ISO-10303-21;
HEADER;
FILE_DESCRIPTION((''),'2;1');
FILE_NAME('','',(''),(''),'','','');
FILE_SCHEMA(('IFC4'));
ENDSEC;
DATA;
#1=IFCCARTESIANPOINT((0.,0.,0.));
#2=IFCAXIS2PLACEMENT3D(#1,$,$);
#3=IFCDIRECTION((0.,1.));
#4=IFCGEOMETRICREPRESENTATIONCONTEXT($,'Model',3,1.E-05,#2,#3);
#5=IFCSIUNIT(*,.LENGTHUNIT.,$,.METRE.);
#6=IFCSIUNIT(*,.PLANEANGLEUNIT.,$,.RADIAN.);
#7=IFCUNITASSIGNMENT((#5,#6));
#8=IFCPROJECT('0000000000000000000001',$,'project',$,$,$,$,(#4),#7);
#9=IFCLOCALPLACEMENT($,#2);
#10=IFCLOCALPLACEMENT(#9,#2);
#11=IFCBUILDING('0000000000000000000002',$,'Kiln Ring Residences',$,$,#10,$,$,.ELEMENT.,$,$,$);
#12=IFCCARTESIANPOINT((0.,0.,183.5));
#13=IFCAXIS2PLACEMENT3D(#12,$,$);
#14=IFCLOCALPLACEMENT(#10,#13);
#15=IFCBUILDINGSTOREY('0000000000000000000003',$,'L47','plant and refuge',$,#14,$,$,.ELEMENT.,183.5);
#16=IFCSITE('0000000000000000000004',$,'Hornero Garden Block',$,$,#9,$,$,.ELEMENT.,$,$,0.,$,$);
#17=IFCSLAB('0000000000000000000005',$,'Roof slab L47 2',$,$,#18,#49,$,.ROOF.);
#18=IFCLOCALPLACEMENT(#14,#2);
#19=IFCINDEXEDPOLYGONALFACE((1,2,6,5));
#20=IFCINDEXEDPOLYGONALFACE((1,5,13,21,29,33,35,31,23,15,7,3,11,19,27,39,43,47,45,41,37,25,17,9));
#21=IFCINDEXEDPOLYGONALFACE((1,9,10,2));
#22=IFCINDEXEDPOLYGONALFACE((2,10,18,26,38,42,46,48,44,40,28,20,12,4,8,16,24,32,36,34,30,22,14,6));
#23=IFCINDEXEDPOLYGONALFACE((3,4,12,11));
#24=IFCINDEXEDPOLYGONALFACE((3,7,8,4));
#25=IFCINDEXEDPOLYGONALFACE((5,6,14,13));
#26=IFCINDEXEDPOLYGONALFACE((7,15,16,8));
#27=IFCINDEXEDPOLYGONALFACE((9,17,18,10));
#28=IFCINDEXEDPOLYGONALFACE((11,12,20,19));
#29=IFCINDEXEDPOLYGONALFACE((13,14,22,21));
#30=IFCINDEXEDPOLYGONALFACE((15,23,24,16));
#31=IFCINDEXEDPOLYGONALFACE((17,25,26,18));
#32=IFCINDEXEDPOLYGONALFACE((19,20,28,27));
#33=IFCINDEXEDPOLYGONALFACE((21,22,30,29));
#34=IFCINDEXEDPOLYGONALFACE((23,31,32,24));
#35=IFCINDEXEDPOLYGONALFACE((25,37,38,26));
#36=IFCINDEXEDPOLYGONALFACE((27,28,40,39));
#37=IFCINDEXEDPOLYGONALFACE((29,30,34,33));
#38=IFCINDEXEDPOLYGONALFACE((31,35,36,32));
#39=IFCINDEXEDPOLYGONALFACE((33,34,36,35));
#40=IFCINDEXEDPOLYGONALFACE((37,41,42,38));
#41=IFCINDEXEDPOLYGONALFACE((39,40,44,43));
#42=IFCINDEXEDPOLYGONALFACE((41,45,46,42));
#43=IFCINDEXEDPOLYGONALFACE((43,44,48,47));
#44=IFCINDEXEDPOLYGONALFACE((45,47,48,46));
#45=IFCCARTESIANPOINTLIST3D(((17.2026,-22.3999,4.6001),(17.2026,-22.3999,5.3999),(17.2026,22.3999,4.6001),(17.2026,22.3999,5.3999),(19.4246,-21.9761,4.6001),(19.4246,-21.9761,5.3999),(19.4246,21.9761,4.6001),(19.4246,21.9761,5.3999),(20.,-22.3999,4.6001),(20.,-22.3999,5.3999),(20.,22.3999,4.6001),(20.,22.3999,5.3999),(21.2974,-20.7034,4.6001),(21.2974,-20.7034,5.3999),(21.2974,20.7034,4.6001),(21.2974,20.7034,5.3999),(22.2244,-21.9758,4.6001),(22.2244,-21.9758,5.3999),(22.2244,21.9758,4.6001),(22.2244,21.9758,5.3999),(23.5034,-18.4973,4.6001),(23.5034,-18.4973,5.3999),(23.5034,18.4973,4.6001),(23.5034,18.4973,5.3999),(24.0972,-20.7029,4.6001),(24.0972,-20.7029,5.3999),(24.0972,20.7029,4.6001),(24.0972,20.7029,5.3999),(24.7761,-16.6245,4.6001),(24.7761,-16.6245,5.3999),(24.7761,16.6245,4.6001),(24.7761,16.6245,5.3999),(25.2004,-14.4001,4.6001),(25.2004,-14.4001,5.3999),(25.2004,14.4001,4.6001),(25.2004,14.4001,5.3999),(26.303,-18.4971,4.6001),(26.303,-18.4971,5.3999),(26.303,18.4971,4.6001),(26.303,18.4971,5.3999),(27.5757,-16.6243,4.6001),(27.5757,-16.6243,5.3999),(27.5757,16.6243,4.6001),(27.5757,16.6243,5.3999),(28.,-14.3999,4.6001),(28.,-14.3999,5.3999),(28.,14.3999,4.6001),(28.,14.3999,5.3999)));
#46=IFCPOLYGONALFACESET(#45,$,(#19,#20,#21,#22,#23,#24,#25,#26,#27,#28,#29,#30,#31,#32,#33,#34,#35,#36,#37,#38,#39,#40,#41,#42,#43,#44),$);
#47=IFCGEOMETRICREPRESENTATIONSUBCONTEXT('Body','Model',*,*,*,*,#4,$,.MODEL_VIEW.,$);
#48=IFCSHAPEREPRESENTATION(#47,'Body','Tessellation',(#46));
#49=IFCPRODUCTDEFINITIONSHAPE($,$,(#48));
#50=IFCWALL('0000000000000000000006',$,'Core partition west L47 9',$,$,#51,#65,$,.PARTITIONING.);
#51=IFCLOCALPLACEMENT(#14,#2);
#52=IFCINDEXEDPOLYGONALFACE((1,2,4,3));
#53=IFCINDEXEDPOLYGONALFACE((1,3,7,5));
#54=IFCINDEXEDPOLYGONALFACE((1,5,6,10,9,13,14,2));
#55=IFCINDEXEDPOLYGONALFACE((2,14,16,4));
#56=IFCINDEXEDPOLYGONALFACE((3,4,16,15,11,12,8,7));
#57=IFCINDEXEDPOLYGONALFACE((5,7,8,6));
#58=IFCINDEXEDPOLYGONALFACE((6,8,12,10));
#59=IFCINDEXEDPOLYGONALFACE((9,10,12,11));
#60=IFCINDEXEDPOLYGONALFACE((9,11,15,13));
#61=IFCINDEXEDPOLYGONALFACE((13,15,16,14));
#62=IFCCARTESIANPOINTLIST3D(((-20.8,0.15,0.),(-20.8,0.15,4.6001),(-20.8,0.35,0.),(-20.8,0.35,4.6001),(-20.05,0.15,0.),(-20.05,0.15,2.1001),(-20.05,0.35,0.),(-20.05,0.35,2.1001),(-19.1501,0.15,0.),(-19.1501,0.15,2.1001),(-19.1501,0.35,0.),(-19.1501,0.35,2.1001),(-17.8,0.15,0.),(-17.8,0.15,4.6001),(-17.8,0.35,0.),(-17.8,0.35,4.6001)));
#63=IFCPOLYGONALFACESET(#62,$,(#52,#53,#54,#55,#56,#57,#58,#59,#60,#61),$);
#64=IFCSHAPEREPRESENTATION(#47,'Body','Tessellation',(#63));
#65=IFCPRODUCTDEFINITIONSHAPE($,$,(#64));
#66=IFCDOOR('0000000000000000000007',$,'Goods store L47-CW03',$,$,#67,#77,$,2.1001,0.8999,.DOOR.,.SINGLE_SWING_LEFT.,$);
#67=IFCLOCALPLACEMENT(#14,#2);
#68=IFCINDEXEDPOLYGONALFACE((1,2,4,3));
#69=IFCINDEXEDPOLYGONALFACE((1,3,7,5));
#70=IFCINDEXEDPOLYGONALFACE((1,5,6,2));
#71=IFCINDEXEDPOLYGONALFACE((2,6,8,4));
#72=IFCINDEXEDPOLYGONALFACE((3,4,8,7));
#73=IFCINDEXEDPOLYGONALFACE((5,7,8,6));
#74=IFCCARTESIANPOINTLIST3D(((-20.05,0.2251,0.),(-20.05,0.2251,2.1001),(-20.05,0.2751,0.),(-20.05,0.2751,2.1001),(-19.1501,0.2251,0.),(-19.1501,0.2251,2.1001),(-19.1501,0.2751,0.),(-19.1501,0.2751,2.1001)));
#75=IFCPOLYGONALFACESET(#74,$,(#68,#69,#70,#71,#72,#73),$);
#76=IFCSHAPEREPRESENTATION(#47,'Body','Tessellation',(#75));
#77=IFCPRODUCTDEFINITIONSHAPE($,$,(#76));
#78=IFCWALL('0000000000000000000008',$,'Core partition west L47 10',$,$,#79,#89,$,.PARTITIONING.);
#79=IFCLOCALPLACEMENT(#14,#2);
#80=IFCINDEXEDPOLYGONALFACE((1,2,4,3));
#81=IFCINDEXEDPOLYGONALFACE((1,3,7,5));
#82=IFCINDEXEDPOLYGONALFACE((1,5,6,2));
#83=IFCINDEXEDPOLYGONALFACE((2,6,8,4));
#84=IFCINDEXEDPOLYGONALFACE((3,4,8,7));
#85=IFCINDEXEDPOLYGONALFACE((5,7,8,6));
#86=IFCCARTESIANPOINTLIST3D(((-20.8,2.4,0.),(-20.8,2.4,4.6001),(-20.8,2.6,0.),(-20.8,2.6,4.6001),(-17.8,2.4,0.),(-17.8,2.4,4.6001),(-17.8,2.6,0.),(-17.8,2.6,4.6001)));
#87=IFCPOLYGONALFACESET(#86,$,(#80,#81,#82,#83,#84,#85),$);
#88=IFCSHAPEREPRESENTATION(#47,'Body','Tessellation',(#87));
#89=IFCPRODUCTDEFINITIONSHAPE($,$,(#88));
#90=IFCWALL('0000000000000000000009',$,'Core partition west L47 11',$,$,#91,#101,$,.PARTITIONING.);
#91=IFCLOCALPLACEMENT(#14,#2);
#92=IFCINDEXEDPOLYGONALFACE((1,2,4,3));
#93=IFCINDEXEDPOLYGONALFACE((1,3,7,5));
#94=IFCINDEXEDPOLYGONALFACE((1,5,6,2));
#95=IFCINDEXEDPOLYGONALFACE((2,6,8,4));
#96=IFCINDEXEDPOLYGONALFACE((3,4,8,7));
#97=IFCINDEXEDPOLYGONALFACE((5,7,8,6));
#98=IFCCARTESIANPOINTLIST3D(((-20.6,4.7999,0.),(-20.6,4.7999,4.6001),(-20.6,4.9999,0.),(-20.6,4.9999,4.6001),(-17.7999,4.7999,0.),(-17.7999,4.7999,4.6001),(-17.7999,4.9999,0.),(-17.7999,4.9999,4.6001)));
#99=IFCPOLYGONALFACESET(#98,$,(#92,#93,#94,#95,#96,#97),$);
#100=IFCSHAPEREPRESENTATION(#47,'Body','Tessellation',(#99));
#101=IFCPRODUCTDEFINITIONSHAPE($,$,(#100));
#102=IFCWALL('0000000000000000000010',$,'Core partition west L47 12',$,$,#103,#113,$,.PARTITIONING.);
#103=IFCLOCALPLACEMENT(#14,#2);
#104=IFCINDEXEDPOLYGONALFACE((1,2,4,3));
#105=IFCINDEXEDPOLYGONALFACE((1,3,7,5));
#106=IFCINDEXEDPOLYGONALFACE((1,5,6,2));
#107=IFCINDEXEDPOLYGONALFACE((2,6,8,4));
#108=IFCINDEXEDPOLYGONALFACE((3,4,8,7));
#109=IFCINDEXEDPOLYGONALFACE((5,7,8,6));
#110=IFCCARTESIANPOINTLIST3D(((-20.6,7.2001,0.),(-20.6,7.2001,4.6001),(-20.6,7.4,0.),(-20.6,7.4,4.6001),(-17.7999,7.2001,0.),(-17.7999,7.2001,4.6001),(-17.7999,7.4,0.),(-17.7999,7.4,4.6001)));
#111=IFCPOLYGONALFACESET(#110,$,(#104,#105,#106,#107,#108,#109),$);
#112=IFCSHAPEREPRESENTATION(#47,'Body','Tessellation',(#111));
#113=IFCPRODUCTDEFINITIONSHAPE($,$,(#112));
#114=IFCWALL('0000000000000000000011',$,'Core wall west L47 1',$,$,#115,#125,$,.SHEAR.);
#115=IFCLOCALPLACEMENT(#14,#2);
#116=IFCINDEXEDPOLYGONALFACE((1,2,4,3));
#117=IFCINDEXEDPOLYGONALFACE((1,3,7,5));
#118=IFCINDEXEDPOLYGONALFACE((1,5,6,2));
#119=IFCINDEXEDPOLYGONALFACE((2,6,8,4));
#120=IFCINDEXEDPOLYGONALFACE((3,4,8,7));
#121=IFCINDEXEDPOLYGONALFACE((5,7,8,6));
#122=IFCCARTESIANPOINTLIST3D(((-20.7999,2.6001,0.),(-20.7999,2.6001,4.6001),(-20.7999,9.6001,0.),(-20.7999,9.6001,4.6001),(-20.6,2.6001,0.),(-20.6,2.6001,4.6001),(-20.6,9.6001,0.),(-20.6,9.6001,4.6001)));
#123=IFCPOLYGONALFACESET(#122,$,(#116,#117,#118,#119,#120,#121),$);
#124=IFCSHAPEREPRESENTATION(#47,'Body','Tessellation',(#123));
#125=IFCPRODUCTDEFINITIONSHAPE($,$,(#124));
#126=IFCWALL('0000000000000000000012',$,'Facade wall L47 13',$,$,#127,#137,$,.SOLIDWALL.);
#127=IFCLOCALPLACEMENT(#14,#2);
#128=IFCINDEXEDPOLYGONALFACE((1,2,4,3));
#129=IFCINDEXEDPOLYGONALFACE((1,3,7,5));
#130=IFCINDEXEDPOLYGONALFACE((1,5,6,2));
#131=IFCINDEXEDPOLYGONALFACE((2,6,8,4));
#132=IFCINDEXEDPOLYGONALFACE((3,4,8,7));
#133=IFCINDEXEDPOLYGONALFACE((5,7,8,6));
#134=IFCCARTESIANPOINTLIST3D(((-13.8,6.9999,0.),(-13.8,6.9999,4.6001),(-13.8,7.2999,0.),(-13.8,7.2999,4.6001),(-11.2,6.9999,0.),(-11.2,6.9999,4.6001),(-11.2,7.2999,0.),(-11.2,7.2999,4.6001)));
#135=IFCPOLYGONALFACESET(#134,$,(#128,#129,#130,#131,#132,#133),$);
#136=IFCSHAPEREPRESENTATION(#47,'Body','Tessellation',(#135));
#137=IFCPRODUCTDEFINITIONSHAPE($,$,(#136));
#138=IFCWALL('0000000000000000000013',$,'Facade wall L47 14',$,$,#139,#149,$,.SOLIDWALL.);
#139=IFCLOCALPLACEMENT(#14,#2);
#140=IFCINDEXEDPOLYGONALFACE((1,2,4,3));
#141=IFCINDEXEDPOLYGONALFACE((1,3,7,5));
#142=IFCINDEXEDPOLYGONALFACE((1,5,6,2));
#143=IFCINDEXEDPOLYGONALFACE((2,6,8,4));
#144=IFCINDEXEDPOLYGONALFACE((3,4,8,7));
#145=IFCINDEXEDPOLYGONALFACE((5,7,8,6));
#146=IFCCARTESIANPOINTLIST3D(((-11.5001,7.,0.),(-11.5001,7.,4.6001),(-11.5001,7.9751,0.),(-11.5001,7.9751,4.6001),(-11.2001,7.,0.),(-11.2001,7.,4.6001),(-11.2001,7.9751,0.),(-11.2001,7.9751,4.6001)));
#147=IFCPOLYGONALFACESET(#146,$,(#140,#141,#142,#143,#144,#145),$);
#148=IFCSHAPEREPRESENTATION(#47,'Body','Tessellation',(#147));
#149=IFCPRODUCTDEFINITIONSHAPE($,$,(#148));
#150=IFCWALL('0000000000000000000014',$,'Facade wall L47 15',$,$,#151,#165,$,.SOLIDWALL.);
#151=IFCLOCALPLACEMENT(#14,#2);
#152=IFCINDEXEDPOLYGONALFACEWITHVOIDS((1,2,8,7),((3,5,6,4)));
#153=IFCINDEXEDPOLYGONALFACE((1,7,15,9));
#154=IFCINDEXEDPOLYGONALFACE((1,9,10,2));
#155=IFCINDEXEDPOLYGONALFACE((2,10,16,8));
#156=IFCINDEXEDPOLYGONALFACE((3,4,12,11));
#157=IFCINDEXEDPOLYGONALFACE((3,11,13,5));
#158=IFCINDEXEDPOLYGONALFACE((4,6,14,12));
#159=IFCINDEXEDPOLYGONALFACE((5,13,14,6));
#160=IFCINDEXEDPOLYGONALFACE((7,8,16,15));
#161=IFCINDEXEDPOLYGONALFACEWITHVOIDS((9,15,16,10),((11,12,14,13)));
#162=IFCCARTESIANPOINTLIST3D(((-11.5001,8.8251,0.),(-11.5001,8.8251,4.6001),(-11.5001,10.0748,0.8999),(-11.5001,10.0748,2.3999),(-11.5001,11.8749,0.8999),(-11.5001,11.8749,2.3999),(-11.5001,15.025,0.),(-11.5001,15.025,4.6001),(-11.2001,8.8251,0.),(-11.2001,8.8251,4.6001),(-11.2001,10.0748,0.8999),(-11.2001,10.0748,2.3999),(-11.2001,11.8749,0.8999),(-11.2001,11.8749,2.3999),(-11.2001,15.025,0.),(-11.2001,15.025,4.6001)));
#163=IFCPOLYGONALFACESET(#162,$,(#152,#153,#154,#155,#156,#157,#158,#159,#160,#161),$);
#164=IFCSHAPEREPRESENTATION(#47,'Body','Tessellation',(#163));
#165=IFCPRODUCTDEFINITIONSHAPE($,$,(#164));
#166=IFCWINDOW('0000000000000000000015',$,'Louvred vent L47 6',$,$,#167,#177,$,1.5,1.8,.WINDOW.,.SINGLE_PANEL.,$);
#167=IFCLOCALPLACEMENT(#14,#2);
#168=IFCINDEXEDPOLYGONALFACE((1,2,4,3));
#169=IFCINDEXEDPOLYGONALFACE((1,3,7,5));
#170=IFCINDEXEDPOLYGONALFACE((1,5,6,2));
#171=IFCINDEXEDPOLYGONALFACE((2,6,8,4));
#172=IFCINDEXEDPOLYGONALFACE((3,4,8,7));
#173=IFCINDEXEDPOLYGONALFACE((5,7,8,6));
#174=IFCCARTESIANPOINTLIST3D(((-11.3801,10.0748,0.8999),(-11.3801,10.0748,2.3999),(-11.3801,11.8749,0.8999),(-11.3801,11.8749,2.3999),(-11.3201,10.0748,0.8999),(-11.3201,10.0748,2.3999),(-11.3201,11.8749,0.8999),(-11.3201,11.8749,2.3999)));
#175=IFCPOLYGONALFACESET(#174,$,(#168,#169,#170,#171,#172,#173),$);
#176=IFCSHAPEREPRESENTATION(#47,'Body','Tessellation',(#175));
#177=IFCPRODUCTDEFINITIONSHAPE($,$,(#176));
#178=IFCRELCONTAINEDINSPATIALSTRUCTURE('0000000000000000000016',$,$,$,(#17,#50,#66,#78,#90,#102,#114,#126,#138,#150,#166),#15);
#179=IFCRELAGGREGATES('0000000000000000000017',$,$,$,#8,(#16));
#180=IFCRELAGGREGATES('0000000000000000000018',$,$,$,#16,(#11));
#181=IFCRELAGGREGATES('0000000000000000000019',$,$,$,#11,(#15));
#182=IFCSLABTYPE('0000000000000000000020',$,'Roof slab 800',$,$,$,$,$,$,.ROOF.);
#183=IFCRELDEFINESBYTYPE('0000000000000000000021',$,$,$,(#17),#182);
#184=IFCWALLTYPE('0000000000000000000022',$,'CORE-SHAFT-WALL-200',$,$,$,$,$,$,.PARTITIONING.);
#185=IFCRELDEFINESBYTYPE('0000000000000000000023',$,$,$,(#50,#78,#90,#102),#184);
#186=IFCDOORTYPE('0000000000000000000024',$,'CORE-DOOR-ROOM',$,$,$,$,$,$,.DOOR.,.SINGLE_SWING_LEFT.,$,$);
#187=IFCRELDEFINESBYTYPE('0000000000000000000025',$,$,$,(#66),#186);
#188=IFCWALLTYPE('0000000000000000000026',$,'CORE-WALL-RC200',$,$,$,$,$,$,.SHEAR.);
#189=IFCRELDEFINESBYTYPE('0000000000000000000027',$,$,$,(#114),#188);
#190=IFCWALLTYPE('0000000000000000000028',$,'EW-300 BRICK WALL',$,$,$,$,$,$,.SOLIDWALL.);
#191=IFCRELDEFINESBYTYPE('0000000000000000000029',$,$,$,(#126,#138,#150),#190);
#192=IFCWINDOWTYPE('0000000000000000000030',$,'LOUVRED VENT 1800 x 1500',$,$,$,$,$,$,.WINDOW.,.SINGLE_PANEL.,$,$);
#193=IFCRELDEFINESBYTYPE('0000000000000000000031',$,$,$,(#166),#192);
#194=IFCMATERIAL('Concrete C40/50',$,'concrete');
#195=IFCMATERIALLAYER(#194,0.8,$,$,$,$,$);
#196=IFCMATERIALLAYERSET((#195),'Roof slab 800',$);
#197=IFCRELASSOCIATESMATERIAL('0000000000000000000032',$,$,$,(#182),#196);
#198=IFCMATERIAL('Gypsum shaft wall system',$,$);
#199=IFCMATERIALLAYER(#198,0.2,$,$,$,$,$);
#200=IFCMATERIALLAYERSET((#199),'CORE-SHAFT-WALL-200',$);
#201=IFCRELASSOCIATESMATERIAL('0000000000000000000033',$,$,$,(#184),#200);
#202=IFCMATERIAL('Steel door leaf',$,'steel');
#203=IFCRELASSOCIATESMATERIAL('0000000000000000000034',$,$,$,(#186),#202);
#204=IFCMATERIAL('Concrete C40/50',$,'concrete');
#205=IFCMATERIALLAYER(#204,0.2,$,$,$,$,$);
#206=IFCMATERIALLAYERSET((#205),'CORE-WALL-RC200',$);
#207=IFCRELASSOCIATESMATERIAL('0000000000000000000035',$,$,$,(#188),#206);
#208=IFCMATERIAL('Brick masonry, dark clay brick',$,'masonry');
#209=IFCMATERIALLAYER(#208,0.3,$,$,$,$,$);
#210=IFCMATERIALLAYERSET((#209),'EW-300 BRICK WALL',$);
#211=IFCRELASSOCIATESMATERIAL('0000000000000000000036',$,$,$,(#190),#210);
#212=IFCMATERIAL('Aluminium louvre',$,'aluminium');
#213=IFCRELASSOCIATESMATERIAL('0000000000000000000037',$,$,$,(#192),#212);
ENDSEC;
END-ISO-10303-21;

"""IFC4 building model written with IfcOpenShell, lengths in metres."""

from ifc_helpers import new_model, si_unit, direction, frame, frame_2d, origin, place, context, subcontext, project, spatial, polyline, rectangle, outline, extrude, material, layer, layer_set, type_object, element, fill, save


model = new_model("IFC4")

# Units and contexts
model_context = context("Model", 3, precision=1e-05, world=origin(), true_north=direction((0.0, 1.0)))
body_context = subcontext(model_context, "Body", "Model", "MODEL_VIEW")
ifc_project = project(units=[si_unit("LENGTHUNIT", "METRE"), si_unit("PLANEANGLEUNIT", "RADIAN")], contexts=[model_context])

# Site, building, storey
site_placement = place(None, origin())
site = spatial("IfcSite", under=ifc_project, at=site_placement, Name="Hornero Garden Block", CompositionType="ELEMENT", RefElevation=0.0)
building_placement = place(site_placement, origin())
building = spatial("IfcBuilding", under=site, at=building_placement, Name="Kiln Ring Residences", CompositionType="ELEMENT")
storey_placement = place(building_placement, frame((0.0, 0.0, 183.5)))
storey = spatial("IfcBuildingStorey", under=building, at=storey_placement, Name="L47", Description="plant and refuge", CompositionType="ELEMENT", Elevation=183.5)

# Slab
ifc_material_1 = material(Name="Concrete C40/50", Category="concrete")
ifc_layer_1 = layer(ifc_material_1, 0.8)
ifc_layer_set_1 = layer_set([ifc_layer_1], Name="Roof slab 800")
slab_type_1 = type_object("IfcSlabType", Name="Roof slab 800", PredefinedType="ROOF", material=ifc_layer_set_1)
placement = place(storey_placement, frame((0.0, 0.0, 4.6001)))
element("IfcSlab", 1, at=placement, inside=storey, type_object=slab_type_1, Name="Roof slab L47 2", PredefinedType="ROOF", context=body_context, shape_type="SweptSolid", body=[
    extrude(outline(polyline([(17.2026, 22.3999), (19.4246, 21.9761), (21.2974, 20.7034), (23.5034, 18.4973), (24.7761, 16.6245), (25.2004, 14.4001), (25.2004, -14.4001), (24.7761, -16.6245), (23.5034, -18.4973), (21.2974, -20.7034), (19.4246, -21.9761), (17.2026, -22.3999), (20.0, -22.3999), (22.2244, -21.9758), (24.0972, -20.7029), (26.303, -18.4971), (27.5757, -16.6243), (28.0, -14.3999), (28.0, 14.3999), (27.5757, 16.6243), (26.303, 18.4971), (24.0972, 20.7029), (22.2244, 21.9758), (20.0, 22.3999), (17.2026, 22.3999)])), origin(), (0.0, 0.0, 1.0), 0.7998),
])

# Wall, opening, door
ifc_material_2 = material(Name="Gypsum shaft wall system")
ifc_layer_2 = layer(ifc_material_2, 0.2)
ifc_layer_set_2 = layer_set([ifc_layer_2], Name="CORE-SHAFT-WALL-200")
wall_type_1 = type_object("IfcWallType", Name="CORE-SHAFT-WALL-200", PredefinedType="PARTITIONING", material=ifc_layer_set_2)
wall_1_placement = place(storey_placement, frame((-17.8, 0.25, 0.0), z_axis=(0.0, 0.0, 1.0), x_axis=(-1.0, 0.0, 0.0)))
wall_1 = element("IfcWall", 2, at=wall_1_placement, inside=storey, type_object=wall_type_1, Name="Core partition west L47 9", PredefinedType="PARTITIONING", context=body_context, shape_type="SweptSolid", body=[
    extrude(rectangle(XDim=3.0, YDim=0.2, at=frame_2d((1.5, 0.0))), origin(), (0.0, 0.0, 1.0), 4.6001),
])
opening_1_placement = place(wall_1_placement, frame((1.3501, 0.0, 0.0)))
opening_1 = element("IfcOpeningElement", 3, at=opening_1_placement, cuts=wall_1, PredefinedType="OPENING", context=body_context, shape_type="SweptSolid", body=[
    extrude(rectangle(XDim=0.8999, YDim=2.1001, at=frame_2d((0.45, 1.05))), frame((0.0, 0.1099, 0.0), z_axis=(0.0, -1.0, 0.0), x_axis=(1.0, 0.0, 0.0)), (0.0, 0.0, 1.0), 0.22),
])
ifc_material_3 = material(Name="Steel door leaf", Category="steel")
door_type = type_object("IfcDoorType", Name="CORE-DOOR-ROOM", OperationType="SINGLE_SWING_LEFT", PredefinedType="DOOR", material=ifc_material_3)
door_placement = place(opening_1_placement, origin())
door = element("IfcDoor", 4, at=door_placement, inside=storey, type_object=door_type, Name="Goods store L47-CW03", OperationType="SINGLE_SWING_LEFT", OverallHeight=2.1001, OverallWidth=0.8999, PredefinedType="DOOR", context=body_context, shape_type="SweptSolid", body=[
    extrude(rectangle(XDim=0.8999, YDim=2.1001, at=frame_2d((0.45, 1.05))), frame((0.0, 0.0249, 0.0), z_axis=(0.0, -1.0, 0.0), x_axis=(1.0, 0.0, 0.0)), (0.0, 0.0, 1.0), 0.05),
])
fill(opening_1, door)

# Walls
wall_2_placement = place(storey_placement, frame((-17.8, 2.5, 0.0), z_axis=(0.0, 0.0, 1.0), x_axis=(-1.0, 0.0, 0.0)))
element("IfcWall", 5, at=wall_2_placement, inside=storey, type_object=wall_type_1, Name="Core partition west L47 10", PredefinedType="PARTITIONING", context=body_context, shape_type="SweptSolid", body=[
    extrude(rectangle(XDim=3.0, YDim=0.2, at=frame_2d((1.5, 0.0))), origin(), (0.0, 0.0, 1.0), 4.6001),
])
for number, where, z_axis, x_axis, name in (
    (6, (-17.8, 4.8999, 0.0), (0.0, 0.0, 1.0), (-1.0, 0.0, 0.0), "Core partition west L47 11"),
    (7, (-17.8, 7.3, 0.0), (0.0, 0.0, 1.0), (-1.0, 0.0, 0.0), "Core partition west L47 12"),
):
    element("IfcWall", number, at=place(storey_placement, frame(where, z_axis=z_axis, x_axis=x_axis)), inside=storey, type_object=wall_type_1, Name=name, PredefinedType="PARTITIONING", context=body_context, shape_type="SweptSolid", body=[
        extrude(rectangle(XDim=2.8, YDim=0.2, at=frame_2d((1.3999, 0.0))), origin(), (0.0, 0.0, 1.0), 4.6001),
    ])
ifc_material_4 = material(Name="Concrete C40/50", Category="concrete")
ifc_layer_3 = layer(ifc_material_4, 0.2)
ifc_layer_set_3 = layer_set([ifc_layer_3], Name="CORE-WALL-RC200")
wall_type_2 = type_object("IfcWallType", Name="CORE-WALL-RC200", PredefinedType="SHEAR", material=ifc_layer_set_3)
wall_3_placement = place(storey_placement, frame((-20.7, 2.6001, 0.0), z_axis=(0.0, 0.0, 1.0), x_axis=(0.0, 1.0, 0.0)))
element("IfcWall", 8, at=wall_3_placement, inside=storey, type_object=wall_type_2, Name="Core wall west L47 1", PredefinedType="SHEAR", context=body_context, shape_type="SweptSolid", body=[
    extrude(rectangle(XDim=7.0, YDim=0.2, at=frame_2d((3.5, 0.0))), origin(), (0.0, 0.0, 1.0), 4.6001),
])
ifc_material_5 = material(Name="Brick masonry, dark clay brick", Category="masonry")
ifc_layer_4 = layer(ifc_material_5, 0.3)
ifc_layer_set_4 = layer_set([ifc_layer_4], Name="EW-300 BRICK WALL")
wall_type_3 = type_object("IfcWallType", Name="EW-300 BRICK WALL", PredefinedType="SOLIDWALL", material=ifc_layer_set_4)
wall_4_placement = place(storey_placement, frame((-13.8, 7.1499, 0.0), z_axis=(0.0, 0.0, 1.0), x_axis=(1.0, 0.0, 0.0)))
element("IfcWall", 9, at=wall_4_placement, inside=storey, type_object=wall_type_3, Name="Facade wall L47 13", PredefinedType="SOLIDWALL", context=body_context, shape_type="SweptSolid", body=[
    extrude(rectangle(XDim=2.6001, YDim=0.3, at=frame_2d((1.3, 0.0))), origin(), (0.0, 0.0, 1.0), 4.6001),
])
wall_5_placement = place(storey_placement, frame((-11.3501, 7.0, 0.0), z_axis=(0.0, 0.0, 1.0), x_axis=(0.0, 1.0, 0.0)))
element("IfcWall", 10, at=wall_5_placement, inside=storey, type_object=wall_type_3, Name="Facade wall L47 14", PredefinedType="SOLIDWALL", context=body_context, shape_type="SweptSolid", body=[
    extrude(rectangle(XDim=0.9751, YDim=0.3, at=frame_2d((0.4875, 0.0))), origin(), (0.0, 0.0, 1.0), 4.6001),
])

# Wall, opening, window
wall_6_placement = place(storey_placement, frame((-11.3501, 8.825, 0.0), z_axis=(0.0, 0.0, 1.0), x_axis=(0.0, 1.0, 0.0)))
wall_6 = element("IfcWall", 11, at=wall_6_placement, inside=storey, type_object=wall_type_3, Name="Facade wall L47 15", PredefinedType="SOLIDWALL", context=body_context, shape_type="SweptSolid", body=[
    extrude(rectangle(XDim=6.2, YDim=0.3, at=frame_2d((3.1001, 0.0))), origin(), (0.0, 0.0, 1.0), 4.6001),
])
opening_2_placement = place(wall_6_placement, frame((1.25, 0.0, 0.8999)))
opening_2 = element("IfcOpeningElement", 12, at=opening_2_placement, cuts=wall_6, PredefinedType="OPENING", context=body_context, shape_type="SweptSolid", body=[
    extrude(rectangle(XDim=1.8, YDim=1.5, at=frame_2d((0.8999, 0.75))), frame((0.0, 0.1599, 0.0), z_axis=(0.0, -1.0, 0.0), x_axis=(1.0, 0.0, 0.0)), (0.0, 0.0, 1.0), 0.3201),
])
ifc_material_6 = material(Name="Aluminium louvre", Category="aluminium")
window_type = type_object("IfcWindowType", Name="LOUVRED VENT 1800 x 1500", PartitioningType="SINGLE_PANEL", PredefinedType="WINDOW", material=ifc_material_6)
window_placement = place(opening_2_placement, origin())
window = element("IfcWindow", 13, at=window_placement, inside=storey, type_object=window_type, Name="Louvred vent L47 6", OverallHeight=1.5, OverallWidth=1.8, PartitioningType="SINGLE_PANEL", PredefinedType="WINDOW", context=body_context, shape_type="SweptSolid", body=[
    extrude(rectangle(XDim=1.8, YDim=1.5, at=frame_2d((0.8999, 0.75))), frame((0.0, 0.03, 0.0), z_axis=(0.0, -1.0, 0.0), x_axis=(1.0, 0.0, 0.0)), (0.0, 0.0, 1.0), 0.0601),
])
fill(opening_2, window)

save(model, "model.ifc")
